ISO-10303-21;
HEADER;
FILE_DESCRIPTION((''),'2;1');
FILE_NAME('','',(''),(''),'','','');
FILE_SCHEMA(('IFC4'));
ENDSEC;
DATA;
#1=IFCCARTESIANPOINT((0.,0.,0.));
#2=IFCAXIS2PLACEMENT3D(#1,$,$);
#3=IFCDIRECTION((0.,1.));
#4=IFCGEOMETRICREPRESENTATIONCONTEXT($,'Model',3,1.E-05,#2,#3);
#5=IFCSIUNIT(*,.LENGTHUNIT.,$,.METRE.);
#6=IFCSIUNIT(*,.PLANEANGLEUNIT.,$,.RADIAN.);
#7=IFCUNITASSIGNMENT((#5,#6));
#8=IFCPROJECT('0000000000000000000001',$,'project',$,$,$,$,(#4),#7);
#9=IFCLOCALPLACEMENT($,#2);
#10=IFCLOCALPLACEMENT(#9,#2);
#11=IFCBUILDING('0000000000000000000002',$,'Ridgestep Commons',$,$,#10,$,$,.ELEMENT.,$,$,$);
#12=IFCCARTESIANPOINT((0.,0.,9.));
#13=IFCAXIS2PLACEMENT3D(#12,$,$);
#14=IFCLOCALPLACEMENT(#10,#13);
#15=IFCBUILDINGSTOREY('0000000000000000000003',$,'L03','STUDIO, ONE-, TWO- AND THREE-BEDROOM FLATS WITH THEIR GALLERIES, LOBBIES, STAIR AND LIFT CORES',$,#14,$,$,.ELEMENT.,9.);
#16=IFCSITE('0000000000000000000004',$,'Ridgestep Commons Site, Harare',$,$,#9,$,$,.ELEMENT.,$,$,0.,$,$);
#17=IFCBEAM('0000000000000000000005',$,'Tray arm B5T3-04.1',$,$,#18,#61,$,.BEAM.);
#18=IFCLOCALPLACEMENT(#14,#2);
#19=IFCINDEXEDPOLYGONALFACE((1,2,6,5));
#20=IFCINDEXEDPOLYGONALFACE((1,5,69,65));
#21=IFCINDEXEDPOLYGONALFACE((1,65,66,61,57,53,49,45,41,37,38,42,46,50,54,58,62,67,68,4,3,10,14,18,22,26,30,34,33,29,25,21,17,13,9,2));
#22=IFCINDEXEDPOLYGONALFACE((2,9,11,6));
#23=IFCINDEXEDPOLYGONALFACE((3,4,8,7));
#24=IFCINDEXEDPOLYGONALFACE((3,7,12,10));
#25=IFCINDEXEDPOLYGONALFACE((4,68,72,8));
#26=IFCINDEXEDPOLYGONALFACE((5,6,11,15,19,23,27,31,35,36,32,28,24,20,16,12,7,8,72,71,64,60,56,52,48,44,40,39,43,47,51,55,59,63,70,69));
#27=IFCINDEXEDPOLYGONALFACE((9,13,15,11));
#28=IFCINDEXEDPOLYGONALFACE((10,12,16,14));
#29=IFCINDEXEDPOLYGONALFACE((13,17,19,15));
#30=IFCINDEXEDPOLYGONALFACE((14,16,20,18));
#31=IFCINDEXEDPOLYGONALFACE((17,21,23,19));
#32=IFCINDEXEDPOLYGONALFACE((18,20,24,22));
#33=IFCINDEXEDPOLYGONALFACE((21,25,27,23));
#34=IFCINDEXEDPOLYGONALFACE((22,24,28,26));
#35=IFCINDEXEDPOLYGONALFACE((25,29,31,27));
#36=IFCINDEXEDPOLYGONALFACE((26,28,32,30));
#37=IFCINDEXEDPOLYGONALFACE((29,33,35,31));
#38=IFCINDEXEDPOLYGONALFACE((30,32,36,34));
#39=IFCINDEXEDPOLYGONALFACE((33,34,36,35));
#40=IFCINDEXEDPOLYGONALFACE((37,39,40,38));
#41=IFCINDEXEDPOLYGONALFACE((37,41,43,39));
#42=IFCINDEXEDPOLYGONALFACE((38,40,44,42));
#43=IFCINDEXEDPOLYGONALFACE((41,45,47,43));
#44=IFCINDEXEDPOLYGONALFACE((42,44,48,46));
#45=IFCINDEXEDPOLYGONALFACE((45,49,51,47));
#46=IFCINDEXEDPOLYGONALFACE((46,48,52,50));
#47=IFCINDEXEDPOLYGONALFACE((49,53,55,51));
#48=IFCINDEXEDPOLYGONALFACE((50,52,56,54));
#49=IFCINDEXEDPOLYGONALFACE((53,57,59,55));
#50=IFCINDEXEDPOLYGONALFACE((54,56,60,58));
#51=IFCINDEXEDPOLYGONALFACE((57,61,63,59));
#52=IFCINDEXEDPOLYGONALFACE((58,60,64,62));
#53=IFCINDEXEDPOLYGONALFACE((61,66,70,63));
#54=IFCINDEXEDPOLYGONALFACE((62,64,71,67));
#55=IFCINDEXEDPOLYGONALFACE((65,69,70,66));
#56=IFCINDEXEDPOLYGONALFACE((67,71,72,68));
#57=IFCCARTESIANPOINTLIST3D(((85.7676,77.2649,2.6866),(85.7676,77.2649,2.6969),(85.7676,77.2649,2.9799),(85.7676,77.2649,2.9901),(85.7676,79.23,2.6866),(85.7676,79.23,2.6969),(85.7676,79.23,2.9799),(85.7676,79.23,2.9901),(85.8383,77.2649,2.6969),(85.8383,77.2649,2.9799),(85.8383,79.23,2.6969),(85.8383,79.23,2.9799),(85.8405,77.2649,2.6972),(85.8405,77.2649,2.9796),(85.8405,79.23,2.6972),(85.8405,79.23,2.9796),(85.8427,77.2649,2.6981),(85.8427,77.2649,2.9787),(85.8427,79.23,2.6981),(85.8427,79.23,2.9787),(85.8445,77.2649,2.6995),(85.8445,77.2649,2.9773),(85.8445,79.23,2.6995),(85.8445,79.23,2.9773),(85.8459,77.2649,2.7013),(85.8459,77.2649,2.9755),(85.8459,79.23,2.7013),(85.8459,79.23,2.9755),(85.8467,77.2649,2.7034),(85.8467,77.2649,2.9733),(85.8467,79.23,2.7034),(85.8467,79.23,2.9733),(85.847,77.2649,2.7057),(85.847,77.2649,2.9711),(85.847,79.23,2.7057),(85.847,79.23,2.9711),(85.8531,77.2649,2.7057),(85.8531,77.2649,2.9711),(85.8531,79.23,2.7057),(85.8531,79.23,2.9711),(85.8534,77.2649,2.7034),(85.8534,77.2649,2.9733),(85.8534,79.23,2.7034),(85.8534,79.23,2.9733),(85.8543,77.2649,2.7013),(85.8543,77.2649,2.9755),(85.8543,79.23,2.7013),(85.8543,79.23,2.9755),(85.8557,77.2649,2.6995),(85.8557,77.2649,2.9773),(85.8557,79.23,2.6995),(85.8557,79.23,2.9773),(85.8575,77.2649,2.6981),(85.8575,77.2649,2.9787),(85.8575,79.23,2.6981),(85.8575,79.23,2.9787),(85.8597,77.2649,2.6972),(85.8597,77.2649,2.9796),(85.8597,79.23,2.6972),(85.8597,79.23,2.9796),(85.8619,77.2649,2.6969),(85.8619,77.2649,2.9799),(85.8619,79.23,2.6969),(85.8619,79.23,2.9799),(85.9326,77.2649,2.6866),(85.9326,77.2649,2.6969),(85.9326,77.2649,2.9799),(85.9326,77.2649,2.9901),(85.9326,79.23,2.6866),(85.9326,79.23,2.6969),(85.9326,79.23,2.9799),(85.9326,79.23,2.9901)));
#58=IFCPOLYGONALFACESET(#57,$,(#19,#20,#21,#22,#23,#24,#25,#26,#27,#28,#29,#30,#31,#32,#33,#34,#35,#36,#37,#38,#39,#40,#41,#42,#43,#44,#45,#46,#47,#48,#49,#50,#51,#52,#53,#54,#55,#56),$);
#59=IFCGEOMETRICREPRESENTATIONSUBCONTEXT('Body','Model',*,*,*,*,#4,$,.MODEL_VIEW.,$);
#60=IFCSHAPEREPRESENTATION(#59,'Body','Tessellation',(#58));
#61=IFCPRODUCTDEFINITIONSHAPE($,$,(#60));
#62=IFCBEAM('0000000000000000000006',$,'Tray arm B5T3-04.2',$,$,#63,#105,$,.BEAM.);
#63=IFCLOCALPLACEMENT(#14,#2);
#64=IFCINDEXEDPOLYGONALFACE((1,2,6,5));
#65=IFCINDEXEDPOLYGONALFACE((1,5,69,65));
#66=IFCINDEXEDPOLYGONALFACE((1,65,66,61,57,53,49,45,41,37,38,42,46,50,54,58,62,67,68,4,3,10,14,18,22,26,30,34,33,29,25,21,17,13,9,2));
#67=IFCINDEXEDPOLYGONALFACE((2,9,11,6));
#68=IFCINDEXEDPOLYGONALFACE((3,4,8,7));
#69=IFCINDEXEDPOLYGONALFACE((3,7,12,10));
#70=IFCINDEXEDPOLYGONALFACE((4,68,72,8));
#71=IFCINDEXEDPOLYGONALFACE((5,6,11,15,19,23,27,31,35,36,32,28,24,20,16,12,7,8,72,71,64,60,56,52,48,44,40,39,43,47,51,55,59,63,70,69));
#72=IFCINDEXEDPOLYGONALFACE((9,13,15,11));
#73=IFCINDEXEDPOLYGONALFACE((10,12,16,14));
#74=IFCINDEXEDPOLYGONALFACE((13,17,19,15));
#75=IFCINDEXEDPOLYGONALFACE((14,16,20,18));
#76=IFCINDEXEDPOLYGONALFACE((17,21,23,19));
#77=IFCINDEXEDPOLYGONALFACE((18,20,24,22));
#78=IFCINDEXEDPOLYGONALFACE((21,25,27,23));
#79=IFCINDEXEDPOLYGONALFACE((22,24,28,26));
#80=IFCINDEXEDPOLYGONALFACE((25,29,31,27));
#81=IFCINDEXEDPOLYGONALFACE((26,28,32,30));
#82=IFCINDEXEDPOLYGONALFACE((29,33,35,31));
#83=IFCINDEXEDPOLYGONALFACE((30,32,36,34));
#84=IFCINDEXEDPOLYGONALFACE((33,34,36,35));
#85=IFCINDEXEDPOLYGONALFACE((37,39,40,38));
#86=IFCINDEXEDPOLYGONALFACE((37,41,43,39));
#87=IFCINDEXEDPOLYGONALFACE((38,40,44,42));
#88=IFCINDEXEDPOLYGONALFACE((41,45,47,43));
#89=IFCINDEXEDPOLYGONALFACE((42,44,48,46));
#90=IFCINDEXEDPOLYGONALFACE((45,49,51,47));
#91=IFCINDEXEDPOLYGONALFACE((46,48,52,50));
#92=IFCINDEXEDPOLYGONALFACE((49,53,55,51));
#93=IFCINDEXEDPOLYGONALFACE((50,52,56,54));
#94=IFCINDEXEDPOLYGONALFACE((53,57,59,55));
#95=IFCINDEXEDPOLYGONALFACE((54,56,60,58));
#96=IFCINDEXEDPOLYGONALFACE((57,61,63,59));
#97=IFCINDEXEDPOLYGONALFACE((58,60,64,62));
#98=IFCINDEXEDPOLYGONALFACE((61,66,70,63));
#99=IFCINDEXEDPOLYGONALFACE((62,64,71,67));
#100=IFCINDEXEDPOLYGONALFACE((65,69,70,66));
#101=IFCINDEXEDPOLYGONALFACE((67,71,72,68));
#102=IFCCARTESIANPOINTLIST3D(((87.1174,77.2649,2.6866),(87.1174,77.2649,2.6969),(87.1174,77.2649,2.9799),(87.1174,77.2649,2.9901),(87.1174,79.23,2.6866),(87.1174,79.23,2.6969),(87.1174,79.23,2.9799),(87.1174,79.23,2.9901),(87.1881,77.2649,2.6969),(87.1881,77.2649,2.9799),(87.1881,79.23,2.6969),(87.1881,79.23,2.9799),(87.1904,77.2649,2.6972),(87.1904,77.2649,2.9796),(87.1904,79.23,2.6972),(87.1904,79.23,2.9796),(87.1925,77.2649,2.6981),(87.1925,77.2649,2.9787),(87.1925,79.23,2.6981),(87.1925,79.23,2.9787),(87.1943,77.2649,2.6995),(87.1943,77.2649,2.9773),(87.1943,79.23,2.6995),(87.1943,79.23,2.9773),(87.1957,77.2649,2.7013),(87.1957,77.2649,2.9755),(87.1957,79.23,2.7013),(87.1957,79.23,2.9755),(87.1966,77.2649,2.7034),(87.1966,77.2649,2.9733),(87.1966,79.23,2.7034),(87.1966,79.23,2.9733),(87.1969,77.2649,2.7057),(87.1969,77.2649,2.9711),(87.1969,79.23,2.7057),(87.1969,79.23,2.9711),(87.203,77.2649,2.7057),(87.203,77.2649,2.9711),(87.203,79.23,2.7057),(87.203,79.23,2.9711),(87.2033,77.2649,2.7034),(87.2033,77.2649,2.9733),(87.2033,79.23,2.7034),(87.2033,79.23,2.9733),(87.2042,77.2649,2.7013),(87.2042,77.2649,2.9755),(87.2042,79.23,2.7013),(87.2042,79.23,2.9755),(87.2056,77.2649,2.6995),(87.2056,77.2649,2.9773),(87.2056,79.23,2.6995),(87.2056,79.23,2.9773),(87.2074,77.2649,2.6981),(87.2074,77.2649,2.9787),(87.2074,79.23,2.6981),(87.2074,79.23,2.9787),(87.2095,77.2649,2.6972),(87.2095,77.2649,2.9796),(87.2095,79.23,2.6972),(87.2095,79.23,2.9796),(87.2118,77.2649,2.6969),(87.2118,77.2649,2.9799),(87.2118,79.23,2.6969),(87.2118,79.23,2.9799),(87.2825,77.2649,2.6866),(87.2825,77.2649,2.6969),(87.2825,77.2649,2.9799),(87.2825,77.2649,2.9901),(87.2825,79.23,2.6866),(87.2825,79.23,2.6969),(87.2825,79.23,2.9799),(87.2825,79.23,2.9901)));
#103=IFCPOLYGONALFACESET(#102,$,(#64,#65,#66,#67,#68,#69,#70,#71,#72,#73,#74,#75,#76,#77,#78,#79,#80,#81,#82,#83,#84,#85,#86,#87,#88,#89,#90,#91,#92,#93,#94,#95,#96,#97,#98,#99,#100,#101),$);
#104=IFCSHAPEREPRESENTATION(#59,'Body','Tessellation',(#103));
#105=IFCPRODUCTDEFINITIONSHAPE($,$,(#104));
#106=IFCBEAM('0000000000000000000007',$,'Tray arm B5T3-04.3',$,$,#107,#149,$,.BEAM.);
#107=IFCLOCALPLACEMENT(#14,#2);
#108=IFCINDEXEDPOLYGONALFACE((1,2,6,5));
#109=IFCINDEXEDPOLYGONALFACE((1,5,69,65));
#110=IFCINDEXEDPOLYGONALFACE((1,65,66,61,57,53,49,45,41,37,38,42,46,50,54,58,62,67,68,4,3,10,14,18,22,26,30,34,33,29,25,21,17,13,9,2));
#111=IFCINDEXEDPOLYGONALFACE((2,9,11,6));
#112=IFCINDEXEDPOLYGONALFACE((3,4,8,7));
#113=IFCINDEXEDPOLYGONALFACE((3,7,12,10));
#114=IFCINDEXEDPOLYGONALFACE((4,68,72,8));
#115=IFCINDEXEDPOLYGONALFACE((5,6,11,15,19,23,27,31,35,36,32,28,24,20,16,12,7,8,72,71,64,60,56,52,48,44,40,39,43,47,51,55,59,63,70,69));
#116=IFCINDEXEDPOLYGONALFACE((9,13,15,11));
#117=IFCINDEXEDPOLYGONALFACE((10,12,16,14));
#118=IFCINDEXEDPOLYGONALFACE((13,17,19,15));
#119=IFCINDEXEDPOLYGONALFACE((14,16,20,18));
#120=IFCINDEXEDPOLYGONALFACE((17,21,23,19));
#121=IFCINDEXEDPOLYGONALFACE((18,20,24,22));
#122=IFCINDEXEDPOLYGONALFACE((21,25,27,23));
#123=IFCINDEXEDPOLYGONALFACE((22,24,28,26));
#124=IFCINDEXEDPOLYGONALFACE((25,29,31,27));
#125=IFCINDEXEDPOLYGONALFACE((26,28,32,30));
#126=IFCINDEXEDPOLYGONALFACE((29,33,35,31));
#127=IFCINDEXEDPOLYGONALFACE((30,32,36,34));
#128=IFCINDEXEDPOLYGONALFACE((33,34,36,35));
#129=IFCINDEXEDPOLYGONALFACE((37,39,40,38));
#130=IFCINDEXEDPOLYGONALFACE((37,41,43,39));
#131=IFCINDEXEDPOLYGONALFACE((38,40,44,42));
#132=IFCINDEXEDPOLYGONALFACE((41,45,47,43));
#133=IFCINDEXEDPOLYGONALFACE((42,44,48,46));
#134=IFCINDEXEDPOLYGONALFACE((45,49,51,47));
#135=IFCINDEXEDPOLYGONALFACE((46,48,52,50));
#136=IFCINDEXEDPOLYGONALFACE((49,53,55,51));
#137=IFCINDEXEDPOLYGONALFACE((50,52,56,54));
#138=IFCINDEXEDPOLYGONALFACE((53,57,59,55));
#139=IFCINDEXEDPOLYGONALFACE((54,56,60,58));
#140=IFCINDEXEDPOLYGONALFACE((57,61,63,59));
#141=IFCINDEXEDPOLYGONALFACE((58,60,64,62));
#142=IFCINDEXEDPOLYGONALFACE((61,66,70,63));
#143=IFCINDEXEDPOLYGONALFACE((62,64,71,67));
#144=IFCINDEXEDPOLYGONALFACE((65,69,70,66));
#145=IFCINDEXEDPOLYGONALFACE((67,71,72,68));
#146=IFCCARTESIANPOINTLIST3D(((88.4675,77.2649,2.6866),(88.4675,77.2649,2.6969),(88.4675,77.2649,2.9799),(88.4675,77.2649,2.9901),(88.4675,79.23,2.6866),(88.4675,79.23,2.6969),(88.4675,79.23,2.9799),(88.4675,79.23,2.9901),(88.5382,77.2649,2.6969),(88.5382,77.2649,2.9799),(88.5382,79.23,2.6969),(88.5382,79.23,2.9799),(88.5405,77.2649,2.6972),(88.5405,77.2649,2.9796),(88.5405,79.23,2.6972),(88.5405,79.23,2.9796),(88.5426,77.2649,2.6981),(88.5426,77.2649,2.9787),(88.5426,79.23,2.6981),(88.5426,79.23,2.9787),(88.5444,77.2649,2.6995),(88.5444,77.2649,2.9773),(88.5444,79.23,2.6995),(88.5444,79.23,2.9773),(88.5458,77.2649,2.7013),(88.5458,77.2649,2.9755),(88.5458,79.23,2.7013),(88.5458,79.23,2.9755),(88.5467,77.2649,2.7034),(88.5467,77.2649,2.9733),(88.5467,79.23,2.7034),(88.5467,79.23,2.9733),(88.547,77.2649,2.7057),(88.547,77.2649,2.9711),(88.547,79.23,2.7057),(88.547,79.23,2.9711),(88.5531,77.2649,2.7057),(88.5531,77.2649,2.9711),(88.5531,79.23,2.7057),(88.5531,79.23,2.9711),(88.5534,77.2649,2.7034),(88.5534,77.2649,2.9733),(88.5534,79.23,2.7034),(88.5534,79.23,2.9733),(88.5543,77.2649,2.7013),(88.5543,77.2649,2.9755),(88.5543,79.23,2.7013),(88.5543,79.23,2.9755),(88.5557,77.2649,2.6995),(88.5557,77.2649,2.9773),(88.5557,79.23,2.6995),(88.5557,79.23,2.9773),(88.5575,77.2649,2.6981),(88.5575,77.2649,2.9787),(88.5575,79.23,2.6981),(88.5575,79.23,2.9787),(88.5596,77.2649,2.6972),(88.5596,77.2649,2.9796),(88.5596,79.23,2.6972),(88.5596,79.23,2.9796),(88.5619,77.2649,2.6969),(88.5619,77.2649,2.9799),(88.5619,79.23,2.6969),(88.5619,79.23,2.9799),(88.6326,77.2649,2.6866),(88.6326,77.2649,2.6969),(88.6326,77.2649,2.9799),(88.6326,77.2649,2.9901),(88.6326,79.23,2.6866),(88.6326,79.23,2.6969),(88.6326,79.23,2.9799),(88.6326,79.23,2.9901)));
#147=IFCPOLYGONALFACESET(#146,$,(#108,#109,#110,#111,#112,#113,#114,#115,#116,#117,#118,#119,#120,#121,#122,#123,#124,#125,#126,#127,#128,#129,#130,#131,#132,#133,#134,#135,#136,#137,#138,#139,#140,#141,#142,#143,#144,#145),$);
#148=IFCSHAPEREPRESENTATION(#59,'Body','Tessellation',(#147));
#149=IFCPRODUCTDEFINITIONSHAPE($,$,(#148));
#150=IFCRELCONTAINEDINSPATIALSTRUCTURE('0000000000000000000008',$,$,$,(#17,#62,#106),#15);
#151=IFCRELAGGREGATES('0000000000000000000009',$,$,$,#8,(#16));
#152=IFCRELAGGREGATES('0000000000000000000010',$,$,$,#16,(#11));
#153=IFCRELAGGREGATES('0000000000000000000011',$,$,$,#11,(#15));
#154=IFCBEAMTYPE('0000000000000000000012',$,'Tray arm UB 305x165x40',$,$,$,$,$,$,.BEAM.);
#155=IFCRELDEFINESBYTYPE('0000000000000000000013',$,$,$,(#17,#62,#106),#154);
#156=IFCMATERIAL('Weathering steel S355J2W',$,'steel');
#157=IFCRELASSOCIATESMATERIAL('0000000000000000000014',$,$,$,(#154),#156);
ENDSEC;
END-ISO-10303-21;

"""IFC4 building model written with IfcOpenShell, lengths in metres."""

from ifc_helpers import new_model, si_unit, direction, frame, origin, origin_2d, place, context, subcontext, project, spatial, i_section, extrude, material, material_profile, profile_set, type_object, element, save


model = new_model("IFC4")

# Units and contexts
model_context = context("Model", 3, precision=1e-05, world=origin(), true_north=direction((0.0, 1.0)))
body_context = subcontext(model_context, "Body", "Model", "MODEL_VIEW")
ifc_project = project(units=[si_unit("LENGTHUNIT", "METRE"), si_unit("PLANEANGLEUNIT", "RADIAN")], contexts=[model_context])

# Site, building, storey
site_placement = place(None, origin())
site = spatial("IfcSite", under=ifc_project, at=site_placement, Name="Ridgestep Commons Site, Harare", CompositionType="ELEMENT", RefElevation=0.0)
building_placement = place(site_placement, origin())
building = spatial("IfcBuilding", under=site, at=building_placement, Name="Ridgestep Commons", CompositionType="ELEMENT")
storey_placement = place(building_placement, frame((0.0, 0.0, 9.0)))
storey = spatial("IfcBuildingStorey", under=building, at=storey_placement, Name="L03", Description="STUDIO, ONE-, TWO- AND THREE-BEDROOM FLATS WITH THEIR GALLERIES, LOBBIES, STAIR AND LIFT CORES", CompositionType="ELEMENT", Elevation=9.0)

# Beams
ifc_material_1 = material(Name="Weathering steel S355J2W", Category="steel")
ifc_material_profile_1 = material_profile(ifc_material_1, i_section(OverallWidth=0.165, OverallDepth=0.3035, WebThickness=0.0061, FlangeThickness=0.0103, FilletRadius=0.0088, at=origin_2d()), Name="UB 305x165x40")
ifc_profile_set_1 = profile_set([ifc_material_profile_1], Name="Weathering steel S355J2W")
beam_type_1 = type_object("IfcBeamType", Name="Tray arm UB 305x165x40", PredefinedType="BEAM", material=ifc_profile_set_1)
for number, where, z_axis, x_axis, name in (
    (1, (85.8501, 77.2649, 2.8384), (0.0, 1.0, 0.0), (-1.0, 0.0, 0.0), "Tray arm B5T3-04.1"),
    (2, (87.2, 77.2649, 2.8384), (0.0, 1.0, 0.0), (-1.0, 0.0, 0.0), "Tray arm B5T3-04.2"),
    (3, (88.55, 77.2649, 2.8384), (0.0, 1.0, 0.0), (-1.0, 0.0, 0.0), "Tray arm B5T3-04.3"),
):
    element("IfcBeam", number, at=place(storey_placement, frame(where, z_axis=z_axis, x_axis=x_axis)), inside=storey, type_object=beam_type_1, Name=name, PredefinedType="BEAM", context=body_context, shape_type="SweptSolid", body=[
        extrude(i_section(OverallWidth=0.165, OverallDepth=0.3035, WebThickness=0.0061, FlangeThickness=0.0103, FilletRadius=0.0088, at=origin_2d()), origin(), (0.0, 0.0, 1.0), 1.9651),
    ])

save(model, "model.ifc")
